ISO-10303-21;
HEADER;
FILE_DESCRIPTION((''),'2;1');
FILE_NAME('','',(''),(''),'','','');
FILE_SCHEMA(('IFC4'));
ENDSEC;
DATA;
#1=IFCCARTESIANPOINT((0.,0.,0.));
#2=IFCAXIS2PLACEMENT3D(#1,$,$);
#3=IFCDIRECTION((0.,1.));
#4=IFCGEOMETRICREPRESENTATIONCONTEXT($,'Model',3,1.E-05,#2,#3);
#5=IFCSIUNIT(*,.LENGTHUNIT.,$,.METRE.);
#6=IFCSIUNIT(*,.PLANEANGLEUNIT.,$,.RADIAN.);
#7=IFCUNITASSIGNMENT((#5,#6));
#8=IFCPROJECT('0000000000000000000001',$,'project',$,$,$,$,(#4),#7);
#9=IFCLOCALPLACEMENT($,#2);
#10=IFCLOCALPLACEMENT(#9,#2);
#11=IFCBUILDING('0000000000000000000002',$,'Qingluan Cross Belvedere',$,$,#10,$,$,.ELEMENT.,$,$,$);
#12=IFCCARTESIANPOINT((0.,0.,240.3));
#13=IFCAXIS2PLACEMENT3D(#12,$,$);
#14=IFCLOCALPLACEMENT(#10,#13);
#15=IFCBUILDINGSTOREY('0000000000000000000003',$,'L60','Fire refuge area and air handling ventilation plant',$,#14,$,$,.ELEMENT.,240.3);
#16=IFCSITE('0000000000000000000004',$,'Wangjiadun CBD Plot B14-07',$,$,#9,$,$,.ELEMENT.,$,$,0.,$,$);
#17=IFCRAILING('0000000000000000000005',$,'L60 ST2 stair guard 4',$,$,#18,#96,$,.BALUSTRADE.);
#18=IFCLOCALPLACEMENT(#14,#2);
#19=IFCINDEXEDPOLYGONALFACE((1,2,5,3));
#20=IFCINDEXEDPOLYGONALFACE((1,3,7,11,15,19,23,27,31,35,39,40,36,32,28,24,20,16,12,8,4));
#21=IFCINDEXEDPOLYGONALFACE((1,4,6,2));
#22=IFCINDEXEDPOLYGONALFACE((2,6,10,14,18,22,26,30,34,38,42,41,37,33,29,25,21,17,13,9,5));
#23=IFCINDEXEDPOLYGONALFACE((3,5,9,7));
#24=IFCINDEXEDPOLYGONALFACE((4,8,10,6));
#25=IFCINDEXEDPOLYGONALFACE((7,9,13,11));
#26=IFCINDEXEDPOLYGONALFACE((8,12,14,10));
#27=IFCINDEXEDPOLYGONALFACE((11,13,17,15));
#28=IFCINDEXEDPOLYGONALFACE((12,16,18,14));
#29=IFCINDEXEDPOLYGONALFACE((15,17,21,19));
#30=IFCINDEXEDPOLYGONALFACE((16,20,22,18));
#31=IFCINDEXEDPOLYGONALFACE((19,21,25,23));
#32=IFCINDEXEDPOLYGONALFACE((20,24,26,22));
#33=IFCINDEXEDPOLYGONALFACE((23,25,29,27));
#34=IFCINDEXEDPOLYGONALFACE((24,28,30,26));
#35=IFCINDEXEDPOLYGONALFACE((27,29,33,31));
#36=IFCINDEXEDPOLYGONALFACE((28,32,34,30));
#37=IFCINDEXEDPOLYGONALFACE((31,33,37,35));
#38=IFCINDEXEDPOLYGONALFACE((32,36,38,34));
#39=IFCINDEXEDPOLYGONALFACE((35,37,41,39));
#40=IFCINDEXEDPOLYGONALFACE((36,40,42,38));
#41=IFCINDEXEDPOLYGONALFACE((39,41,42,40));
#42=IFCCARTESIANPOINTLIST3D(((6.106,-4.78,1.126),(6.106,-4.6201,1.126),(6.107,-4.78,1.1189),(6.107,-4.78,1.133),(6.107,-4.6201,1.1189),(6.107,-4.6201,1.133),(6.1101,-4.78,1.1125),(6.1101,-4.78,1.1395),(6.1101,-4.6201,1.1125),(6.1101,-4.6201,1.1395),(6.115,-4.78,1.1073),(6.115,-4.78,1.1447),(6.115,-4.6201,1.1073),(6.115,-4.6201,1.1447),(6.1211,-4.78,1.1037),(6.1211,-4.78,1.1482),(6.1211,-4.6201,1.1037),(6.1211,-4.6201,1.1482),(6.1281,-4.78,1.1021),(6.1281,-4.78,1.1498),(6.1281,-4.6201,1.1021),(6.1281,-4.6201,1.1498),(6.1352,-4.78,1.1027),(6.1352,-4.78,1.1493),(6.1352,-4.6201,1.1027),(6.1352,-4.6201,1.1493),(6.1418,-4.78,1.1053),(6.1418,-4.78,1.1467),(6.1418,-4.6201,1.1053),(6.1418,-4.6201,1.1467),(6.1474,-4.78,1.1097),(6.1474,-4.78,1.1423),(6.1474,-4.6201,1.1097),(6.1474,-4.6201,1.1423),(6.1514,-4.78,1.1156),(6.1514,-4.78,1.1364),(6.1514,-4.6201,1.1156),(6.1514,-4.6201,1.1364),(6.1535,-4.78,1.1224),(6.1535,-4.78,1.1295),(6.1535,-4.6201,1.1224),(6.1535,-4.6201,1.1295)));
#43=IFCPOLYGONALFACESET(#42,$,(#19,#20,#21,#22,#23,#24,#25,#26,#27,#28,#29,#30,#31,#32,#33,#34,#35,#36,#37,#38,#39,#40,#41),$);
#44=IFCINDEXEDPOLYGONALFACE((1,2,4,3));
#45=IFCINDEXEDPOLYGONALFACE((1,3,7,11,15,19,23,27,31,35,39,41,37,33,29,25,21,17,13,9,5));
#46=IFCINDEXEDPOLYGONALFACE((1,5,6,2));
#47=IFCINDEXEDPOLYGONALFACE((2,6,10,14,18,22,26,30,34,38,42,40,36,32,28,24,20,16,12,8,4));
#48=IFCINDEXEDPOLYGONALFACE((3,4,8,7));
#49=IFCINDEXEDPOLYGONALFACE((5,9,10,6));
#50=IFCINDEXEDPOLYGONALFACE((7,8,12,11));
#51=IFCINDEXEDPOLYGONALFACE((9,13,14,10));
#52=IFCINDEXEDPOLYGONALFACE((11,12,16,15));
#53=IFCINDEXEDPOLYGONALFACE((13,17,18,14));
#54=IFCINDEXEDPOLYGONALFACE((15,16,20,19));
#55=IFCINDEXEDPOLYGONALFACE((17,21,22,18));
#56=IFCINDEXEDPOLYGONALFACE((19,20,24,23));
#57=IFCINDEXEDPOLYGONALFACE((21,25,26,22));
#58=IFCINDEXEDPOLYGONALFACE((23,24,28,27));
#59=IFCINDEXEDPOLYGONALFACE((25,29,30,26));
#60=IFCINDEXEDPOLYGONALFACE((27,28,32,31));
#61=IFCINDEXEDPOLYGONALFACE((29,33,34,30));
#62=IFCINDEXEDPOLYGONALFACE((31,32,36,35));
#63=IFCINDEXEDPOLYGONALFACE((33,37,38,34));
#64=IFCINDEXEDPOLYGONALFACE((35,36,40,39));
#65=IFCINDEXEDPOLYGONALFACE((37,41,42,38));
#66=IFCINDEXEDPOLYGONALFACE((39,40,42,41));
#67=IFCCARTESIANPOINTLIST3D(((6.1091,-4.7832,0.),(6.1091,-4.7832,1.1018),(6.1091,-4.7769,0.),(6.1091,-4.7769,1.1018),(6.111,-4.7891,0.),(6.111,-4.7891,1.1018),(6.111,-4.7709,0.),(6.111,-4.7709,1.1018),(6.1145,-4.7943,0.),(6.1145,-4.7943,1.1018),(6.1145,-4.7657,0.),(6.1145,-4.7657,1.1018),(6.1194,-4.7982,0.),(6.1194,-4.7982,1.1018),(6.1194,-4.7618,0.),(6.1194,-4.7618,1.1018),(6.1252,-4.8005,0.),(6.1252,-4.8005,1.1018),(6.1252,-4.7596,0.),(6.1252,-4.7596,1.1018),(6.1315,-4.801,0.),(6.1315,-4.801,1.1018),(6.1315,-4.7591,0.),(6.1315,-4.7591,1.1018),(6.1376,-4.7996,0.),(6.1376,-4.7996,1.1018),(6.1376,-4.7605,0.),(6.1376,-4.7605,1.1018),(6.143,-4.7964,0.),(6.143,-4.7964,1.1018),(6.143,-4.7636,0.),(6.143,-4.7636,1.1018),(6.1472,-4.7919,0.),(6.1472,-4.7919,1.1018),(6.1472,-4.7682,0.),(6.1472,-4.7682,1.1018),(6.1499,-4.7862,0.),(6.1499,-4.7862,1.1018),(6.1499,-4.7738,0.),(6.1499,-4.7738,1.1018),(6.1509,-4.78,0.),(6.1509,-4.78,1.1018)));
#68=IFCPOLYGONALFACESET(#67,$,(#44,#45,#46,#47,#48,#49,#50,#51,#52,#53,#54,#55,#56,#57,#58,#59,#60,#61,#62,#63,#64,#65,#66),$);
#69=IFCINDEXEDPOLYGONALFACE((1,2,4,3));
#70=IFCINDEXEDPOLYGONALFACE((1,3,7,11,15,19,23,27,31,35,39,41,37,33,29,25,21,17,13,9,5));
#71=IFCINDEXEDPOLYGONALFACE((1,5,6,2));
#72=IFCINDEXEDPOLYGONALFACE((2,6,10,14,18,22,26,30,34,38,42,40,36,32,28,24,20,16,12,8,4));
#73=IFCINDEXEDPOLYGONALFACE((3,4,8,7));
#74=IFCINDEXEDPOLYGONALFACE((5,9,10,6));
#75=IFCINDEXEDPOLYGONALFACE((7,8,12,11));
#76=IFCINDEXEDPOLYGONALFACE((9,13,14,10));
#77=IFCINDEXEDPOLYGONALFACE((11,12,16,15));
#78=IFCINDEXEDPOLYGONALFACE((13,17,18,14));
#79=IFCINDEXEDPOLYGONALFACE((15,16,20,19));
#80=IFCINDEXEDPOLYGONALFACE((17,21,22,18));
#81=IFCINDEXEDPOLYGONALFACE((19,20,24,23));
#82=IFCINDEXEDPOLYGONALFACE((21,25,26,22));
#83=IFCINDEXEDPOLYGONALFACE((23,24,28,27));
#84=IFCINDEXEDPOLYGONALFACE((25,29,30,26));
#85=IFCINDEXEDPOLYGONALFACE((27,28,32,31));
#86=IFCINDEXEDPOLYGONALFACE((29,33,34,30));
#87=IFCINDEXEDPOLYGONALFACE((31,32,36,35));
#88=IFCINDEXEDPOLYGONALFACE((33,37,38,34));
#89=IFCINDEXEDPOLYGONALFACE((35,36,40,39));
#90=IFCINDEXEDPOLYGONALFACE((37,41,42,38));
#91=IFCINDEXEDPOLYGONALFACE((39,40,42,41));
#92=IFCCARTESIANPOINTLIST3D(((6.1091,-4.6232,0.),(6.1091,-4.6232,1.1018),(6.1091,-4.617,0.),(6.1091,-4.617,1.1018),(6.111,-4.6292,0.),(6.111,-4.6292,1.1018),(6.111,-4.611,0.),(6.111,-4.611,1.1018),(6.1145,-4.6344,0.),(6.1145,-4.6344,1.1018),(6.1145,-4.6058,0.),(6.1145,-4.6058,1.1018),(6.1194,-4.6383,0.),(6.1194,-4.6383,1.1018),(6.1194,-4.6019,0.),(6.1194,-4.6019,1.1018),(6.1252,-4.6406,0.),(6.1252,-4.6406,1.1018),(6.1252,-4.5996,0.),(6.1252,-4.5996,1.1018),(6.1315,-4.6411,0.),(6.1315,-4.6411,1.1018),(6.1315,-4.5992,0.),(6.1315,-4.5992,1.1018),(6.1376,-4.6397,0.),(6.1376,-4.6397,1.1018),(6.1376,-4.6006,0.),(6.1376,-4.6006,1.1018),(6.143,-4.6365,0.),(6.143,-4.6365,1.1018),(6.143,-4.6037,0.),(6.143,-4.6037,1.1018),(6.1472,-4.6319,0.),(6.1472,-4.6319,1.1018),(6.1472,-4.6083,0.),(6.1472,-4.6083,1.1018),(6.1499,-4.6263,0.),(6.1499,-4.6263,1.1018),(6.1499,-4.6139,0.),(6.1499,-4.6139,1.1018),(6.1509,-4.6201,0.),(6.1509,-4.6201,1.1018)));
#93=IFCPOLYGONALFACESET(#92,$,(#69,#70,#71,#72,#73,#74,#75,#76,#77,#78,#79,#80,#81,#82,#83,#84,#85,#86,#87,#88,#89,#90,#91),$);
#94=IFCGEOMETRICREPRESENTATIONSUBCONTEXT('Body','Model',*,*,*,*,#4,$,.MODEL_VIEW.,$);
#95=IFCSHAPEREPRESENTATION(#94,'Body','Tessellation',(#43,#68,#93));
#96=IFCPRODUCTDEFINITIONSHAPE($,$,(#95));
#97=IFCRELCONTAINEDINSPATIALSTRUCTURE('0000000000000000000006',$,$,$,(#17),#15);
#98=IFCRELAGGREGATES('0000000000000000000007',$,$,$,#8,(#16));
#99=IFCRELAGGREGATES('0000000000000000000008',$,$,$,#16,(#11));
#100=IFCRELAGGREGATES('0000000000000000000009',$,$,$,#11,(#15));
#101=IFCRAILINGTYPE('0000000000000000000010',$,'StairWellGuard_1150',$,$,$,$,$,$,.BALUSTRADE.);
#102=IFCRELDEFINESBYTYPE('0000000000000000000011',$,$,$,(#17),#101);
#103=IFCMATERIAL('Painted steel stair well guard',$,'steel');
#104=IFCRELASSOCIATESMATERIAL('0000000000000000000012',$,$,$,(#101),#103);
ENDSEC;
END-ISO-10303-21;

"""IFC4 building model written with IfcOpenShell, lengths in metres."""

from ifc_helpers import new_model, si_unit, direction, frame, origin, origin_2d, place, context, subcontext, project, spatial, circle, extrude, material, type_object, element, save


model = new_model("IFC4")

# Units and contexts
model_context = context("Model", 3, precision=1e-05, world=origin(), true_north=direction((0.0, 1.0)))
body_context = subcontext(model_context, "Body", "Model", "MODEL_VIEW")
ifc_project = project(units=[si_unit("LENGTHUNIT", "METRE"), si_unit("PLANEANGLEUNIT", "RADIAN")], contexts=[model_context])

# Site, building, storey
site_placement = place(None, origin())
site = spatial("IfcSite", under=ifc_project, at=site_placement, Name="Wangjiadun CBD Plot B14-07", CompositionType="ELEMENT", RefElevation=0.0)
building_placement = place(site_placement, origin())
building = spatial("IfcBuilding", under=site, at=building_placement, Name="Qingluan Cross Belvedere", CompositionType="ELEMENT")
storey_placement = place(building_placement, frame((0.0, 0.0, 240.3)))
storey = spatial("IfcBuildingStorey", under=building, at=storey_placement, Name="L60", Description="Fire refuge area and air handling ventilation plant", CompositionType="ELEMENT", Elevation=240.3)

# Railing
ifc_material_1 = material(Name="Painted steel stair well guard", Category="steel")
railing_type_1 = type_object("IfcRailingType", Name="StairWellGuard_1150", PredefinedType="BALUSTRADE", material=ifc_material_1)
railing_1_placement = place(storey_placement, frame((6.1299, -4.78, 0.0)))
element("IfcRailing", 1, at=railing_1_placement, inside=storey, type_object=railing_type_1, Name="L60 ST2 stair guard 4", PredefinedType="BALUSTRADE", context=body_context, shape_type="SweptSolid", body=[
    extrude(circle(Radius=0.0239, at=origin_2d()), frame((0.0, 0.0, 1.126), z_axis=(0.0, 1.0, 0.0), x_axis=(-1.0, 0.0, 0.0)), (0.0, 0.0, 1.0), 0.1599),
    extrude(circle(Radius=0.021, at=origin_2d()), origin(), (0.0, 0.0, 1.0), 1.1018),
    extrude(circle(Radius=0.021, at=origin_2d()), frame((0.0, 0.1599, 0.0)), (0.0, 0.0, 1.0), 1.1018),
])

save(model, "model.ifc")
